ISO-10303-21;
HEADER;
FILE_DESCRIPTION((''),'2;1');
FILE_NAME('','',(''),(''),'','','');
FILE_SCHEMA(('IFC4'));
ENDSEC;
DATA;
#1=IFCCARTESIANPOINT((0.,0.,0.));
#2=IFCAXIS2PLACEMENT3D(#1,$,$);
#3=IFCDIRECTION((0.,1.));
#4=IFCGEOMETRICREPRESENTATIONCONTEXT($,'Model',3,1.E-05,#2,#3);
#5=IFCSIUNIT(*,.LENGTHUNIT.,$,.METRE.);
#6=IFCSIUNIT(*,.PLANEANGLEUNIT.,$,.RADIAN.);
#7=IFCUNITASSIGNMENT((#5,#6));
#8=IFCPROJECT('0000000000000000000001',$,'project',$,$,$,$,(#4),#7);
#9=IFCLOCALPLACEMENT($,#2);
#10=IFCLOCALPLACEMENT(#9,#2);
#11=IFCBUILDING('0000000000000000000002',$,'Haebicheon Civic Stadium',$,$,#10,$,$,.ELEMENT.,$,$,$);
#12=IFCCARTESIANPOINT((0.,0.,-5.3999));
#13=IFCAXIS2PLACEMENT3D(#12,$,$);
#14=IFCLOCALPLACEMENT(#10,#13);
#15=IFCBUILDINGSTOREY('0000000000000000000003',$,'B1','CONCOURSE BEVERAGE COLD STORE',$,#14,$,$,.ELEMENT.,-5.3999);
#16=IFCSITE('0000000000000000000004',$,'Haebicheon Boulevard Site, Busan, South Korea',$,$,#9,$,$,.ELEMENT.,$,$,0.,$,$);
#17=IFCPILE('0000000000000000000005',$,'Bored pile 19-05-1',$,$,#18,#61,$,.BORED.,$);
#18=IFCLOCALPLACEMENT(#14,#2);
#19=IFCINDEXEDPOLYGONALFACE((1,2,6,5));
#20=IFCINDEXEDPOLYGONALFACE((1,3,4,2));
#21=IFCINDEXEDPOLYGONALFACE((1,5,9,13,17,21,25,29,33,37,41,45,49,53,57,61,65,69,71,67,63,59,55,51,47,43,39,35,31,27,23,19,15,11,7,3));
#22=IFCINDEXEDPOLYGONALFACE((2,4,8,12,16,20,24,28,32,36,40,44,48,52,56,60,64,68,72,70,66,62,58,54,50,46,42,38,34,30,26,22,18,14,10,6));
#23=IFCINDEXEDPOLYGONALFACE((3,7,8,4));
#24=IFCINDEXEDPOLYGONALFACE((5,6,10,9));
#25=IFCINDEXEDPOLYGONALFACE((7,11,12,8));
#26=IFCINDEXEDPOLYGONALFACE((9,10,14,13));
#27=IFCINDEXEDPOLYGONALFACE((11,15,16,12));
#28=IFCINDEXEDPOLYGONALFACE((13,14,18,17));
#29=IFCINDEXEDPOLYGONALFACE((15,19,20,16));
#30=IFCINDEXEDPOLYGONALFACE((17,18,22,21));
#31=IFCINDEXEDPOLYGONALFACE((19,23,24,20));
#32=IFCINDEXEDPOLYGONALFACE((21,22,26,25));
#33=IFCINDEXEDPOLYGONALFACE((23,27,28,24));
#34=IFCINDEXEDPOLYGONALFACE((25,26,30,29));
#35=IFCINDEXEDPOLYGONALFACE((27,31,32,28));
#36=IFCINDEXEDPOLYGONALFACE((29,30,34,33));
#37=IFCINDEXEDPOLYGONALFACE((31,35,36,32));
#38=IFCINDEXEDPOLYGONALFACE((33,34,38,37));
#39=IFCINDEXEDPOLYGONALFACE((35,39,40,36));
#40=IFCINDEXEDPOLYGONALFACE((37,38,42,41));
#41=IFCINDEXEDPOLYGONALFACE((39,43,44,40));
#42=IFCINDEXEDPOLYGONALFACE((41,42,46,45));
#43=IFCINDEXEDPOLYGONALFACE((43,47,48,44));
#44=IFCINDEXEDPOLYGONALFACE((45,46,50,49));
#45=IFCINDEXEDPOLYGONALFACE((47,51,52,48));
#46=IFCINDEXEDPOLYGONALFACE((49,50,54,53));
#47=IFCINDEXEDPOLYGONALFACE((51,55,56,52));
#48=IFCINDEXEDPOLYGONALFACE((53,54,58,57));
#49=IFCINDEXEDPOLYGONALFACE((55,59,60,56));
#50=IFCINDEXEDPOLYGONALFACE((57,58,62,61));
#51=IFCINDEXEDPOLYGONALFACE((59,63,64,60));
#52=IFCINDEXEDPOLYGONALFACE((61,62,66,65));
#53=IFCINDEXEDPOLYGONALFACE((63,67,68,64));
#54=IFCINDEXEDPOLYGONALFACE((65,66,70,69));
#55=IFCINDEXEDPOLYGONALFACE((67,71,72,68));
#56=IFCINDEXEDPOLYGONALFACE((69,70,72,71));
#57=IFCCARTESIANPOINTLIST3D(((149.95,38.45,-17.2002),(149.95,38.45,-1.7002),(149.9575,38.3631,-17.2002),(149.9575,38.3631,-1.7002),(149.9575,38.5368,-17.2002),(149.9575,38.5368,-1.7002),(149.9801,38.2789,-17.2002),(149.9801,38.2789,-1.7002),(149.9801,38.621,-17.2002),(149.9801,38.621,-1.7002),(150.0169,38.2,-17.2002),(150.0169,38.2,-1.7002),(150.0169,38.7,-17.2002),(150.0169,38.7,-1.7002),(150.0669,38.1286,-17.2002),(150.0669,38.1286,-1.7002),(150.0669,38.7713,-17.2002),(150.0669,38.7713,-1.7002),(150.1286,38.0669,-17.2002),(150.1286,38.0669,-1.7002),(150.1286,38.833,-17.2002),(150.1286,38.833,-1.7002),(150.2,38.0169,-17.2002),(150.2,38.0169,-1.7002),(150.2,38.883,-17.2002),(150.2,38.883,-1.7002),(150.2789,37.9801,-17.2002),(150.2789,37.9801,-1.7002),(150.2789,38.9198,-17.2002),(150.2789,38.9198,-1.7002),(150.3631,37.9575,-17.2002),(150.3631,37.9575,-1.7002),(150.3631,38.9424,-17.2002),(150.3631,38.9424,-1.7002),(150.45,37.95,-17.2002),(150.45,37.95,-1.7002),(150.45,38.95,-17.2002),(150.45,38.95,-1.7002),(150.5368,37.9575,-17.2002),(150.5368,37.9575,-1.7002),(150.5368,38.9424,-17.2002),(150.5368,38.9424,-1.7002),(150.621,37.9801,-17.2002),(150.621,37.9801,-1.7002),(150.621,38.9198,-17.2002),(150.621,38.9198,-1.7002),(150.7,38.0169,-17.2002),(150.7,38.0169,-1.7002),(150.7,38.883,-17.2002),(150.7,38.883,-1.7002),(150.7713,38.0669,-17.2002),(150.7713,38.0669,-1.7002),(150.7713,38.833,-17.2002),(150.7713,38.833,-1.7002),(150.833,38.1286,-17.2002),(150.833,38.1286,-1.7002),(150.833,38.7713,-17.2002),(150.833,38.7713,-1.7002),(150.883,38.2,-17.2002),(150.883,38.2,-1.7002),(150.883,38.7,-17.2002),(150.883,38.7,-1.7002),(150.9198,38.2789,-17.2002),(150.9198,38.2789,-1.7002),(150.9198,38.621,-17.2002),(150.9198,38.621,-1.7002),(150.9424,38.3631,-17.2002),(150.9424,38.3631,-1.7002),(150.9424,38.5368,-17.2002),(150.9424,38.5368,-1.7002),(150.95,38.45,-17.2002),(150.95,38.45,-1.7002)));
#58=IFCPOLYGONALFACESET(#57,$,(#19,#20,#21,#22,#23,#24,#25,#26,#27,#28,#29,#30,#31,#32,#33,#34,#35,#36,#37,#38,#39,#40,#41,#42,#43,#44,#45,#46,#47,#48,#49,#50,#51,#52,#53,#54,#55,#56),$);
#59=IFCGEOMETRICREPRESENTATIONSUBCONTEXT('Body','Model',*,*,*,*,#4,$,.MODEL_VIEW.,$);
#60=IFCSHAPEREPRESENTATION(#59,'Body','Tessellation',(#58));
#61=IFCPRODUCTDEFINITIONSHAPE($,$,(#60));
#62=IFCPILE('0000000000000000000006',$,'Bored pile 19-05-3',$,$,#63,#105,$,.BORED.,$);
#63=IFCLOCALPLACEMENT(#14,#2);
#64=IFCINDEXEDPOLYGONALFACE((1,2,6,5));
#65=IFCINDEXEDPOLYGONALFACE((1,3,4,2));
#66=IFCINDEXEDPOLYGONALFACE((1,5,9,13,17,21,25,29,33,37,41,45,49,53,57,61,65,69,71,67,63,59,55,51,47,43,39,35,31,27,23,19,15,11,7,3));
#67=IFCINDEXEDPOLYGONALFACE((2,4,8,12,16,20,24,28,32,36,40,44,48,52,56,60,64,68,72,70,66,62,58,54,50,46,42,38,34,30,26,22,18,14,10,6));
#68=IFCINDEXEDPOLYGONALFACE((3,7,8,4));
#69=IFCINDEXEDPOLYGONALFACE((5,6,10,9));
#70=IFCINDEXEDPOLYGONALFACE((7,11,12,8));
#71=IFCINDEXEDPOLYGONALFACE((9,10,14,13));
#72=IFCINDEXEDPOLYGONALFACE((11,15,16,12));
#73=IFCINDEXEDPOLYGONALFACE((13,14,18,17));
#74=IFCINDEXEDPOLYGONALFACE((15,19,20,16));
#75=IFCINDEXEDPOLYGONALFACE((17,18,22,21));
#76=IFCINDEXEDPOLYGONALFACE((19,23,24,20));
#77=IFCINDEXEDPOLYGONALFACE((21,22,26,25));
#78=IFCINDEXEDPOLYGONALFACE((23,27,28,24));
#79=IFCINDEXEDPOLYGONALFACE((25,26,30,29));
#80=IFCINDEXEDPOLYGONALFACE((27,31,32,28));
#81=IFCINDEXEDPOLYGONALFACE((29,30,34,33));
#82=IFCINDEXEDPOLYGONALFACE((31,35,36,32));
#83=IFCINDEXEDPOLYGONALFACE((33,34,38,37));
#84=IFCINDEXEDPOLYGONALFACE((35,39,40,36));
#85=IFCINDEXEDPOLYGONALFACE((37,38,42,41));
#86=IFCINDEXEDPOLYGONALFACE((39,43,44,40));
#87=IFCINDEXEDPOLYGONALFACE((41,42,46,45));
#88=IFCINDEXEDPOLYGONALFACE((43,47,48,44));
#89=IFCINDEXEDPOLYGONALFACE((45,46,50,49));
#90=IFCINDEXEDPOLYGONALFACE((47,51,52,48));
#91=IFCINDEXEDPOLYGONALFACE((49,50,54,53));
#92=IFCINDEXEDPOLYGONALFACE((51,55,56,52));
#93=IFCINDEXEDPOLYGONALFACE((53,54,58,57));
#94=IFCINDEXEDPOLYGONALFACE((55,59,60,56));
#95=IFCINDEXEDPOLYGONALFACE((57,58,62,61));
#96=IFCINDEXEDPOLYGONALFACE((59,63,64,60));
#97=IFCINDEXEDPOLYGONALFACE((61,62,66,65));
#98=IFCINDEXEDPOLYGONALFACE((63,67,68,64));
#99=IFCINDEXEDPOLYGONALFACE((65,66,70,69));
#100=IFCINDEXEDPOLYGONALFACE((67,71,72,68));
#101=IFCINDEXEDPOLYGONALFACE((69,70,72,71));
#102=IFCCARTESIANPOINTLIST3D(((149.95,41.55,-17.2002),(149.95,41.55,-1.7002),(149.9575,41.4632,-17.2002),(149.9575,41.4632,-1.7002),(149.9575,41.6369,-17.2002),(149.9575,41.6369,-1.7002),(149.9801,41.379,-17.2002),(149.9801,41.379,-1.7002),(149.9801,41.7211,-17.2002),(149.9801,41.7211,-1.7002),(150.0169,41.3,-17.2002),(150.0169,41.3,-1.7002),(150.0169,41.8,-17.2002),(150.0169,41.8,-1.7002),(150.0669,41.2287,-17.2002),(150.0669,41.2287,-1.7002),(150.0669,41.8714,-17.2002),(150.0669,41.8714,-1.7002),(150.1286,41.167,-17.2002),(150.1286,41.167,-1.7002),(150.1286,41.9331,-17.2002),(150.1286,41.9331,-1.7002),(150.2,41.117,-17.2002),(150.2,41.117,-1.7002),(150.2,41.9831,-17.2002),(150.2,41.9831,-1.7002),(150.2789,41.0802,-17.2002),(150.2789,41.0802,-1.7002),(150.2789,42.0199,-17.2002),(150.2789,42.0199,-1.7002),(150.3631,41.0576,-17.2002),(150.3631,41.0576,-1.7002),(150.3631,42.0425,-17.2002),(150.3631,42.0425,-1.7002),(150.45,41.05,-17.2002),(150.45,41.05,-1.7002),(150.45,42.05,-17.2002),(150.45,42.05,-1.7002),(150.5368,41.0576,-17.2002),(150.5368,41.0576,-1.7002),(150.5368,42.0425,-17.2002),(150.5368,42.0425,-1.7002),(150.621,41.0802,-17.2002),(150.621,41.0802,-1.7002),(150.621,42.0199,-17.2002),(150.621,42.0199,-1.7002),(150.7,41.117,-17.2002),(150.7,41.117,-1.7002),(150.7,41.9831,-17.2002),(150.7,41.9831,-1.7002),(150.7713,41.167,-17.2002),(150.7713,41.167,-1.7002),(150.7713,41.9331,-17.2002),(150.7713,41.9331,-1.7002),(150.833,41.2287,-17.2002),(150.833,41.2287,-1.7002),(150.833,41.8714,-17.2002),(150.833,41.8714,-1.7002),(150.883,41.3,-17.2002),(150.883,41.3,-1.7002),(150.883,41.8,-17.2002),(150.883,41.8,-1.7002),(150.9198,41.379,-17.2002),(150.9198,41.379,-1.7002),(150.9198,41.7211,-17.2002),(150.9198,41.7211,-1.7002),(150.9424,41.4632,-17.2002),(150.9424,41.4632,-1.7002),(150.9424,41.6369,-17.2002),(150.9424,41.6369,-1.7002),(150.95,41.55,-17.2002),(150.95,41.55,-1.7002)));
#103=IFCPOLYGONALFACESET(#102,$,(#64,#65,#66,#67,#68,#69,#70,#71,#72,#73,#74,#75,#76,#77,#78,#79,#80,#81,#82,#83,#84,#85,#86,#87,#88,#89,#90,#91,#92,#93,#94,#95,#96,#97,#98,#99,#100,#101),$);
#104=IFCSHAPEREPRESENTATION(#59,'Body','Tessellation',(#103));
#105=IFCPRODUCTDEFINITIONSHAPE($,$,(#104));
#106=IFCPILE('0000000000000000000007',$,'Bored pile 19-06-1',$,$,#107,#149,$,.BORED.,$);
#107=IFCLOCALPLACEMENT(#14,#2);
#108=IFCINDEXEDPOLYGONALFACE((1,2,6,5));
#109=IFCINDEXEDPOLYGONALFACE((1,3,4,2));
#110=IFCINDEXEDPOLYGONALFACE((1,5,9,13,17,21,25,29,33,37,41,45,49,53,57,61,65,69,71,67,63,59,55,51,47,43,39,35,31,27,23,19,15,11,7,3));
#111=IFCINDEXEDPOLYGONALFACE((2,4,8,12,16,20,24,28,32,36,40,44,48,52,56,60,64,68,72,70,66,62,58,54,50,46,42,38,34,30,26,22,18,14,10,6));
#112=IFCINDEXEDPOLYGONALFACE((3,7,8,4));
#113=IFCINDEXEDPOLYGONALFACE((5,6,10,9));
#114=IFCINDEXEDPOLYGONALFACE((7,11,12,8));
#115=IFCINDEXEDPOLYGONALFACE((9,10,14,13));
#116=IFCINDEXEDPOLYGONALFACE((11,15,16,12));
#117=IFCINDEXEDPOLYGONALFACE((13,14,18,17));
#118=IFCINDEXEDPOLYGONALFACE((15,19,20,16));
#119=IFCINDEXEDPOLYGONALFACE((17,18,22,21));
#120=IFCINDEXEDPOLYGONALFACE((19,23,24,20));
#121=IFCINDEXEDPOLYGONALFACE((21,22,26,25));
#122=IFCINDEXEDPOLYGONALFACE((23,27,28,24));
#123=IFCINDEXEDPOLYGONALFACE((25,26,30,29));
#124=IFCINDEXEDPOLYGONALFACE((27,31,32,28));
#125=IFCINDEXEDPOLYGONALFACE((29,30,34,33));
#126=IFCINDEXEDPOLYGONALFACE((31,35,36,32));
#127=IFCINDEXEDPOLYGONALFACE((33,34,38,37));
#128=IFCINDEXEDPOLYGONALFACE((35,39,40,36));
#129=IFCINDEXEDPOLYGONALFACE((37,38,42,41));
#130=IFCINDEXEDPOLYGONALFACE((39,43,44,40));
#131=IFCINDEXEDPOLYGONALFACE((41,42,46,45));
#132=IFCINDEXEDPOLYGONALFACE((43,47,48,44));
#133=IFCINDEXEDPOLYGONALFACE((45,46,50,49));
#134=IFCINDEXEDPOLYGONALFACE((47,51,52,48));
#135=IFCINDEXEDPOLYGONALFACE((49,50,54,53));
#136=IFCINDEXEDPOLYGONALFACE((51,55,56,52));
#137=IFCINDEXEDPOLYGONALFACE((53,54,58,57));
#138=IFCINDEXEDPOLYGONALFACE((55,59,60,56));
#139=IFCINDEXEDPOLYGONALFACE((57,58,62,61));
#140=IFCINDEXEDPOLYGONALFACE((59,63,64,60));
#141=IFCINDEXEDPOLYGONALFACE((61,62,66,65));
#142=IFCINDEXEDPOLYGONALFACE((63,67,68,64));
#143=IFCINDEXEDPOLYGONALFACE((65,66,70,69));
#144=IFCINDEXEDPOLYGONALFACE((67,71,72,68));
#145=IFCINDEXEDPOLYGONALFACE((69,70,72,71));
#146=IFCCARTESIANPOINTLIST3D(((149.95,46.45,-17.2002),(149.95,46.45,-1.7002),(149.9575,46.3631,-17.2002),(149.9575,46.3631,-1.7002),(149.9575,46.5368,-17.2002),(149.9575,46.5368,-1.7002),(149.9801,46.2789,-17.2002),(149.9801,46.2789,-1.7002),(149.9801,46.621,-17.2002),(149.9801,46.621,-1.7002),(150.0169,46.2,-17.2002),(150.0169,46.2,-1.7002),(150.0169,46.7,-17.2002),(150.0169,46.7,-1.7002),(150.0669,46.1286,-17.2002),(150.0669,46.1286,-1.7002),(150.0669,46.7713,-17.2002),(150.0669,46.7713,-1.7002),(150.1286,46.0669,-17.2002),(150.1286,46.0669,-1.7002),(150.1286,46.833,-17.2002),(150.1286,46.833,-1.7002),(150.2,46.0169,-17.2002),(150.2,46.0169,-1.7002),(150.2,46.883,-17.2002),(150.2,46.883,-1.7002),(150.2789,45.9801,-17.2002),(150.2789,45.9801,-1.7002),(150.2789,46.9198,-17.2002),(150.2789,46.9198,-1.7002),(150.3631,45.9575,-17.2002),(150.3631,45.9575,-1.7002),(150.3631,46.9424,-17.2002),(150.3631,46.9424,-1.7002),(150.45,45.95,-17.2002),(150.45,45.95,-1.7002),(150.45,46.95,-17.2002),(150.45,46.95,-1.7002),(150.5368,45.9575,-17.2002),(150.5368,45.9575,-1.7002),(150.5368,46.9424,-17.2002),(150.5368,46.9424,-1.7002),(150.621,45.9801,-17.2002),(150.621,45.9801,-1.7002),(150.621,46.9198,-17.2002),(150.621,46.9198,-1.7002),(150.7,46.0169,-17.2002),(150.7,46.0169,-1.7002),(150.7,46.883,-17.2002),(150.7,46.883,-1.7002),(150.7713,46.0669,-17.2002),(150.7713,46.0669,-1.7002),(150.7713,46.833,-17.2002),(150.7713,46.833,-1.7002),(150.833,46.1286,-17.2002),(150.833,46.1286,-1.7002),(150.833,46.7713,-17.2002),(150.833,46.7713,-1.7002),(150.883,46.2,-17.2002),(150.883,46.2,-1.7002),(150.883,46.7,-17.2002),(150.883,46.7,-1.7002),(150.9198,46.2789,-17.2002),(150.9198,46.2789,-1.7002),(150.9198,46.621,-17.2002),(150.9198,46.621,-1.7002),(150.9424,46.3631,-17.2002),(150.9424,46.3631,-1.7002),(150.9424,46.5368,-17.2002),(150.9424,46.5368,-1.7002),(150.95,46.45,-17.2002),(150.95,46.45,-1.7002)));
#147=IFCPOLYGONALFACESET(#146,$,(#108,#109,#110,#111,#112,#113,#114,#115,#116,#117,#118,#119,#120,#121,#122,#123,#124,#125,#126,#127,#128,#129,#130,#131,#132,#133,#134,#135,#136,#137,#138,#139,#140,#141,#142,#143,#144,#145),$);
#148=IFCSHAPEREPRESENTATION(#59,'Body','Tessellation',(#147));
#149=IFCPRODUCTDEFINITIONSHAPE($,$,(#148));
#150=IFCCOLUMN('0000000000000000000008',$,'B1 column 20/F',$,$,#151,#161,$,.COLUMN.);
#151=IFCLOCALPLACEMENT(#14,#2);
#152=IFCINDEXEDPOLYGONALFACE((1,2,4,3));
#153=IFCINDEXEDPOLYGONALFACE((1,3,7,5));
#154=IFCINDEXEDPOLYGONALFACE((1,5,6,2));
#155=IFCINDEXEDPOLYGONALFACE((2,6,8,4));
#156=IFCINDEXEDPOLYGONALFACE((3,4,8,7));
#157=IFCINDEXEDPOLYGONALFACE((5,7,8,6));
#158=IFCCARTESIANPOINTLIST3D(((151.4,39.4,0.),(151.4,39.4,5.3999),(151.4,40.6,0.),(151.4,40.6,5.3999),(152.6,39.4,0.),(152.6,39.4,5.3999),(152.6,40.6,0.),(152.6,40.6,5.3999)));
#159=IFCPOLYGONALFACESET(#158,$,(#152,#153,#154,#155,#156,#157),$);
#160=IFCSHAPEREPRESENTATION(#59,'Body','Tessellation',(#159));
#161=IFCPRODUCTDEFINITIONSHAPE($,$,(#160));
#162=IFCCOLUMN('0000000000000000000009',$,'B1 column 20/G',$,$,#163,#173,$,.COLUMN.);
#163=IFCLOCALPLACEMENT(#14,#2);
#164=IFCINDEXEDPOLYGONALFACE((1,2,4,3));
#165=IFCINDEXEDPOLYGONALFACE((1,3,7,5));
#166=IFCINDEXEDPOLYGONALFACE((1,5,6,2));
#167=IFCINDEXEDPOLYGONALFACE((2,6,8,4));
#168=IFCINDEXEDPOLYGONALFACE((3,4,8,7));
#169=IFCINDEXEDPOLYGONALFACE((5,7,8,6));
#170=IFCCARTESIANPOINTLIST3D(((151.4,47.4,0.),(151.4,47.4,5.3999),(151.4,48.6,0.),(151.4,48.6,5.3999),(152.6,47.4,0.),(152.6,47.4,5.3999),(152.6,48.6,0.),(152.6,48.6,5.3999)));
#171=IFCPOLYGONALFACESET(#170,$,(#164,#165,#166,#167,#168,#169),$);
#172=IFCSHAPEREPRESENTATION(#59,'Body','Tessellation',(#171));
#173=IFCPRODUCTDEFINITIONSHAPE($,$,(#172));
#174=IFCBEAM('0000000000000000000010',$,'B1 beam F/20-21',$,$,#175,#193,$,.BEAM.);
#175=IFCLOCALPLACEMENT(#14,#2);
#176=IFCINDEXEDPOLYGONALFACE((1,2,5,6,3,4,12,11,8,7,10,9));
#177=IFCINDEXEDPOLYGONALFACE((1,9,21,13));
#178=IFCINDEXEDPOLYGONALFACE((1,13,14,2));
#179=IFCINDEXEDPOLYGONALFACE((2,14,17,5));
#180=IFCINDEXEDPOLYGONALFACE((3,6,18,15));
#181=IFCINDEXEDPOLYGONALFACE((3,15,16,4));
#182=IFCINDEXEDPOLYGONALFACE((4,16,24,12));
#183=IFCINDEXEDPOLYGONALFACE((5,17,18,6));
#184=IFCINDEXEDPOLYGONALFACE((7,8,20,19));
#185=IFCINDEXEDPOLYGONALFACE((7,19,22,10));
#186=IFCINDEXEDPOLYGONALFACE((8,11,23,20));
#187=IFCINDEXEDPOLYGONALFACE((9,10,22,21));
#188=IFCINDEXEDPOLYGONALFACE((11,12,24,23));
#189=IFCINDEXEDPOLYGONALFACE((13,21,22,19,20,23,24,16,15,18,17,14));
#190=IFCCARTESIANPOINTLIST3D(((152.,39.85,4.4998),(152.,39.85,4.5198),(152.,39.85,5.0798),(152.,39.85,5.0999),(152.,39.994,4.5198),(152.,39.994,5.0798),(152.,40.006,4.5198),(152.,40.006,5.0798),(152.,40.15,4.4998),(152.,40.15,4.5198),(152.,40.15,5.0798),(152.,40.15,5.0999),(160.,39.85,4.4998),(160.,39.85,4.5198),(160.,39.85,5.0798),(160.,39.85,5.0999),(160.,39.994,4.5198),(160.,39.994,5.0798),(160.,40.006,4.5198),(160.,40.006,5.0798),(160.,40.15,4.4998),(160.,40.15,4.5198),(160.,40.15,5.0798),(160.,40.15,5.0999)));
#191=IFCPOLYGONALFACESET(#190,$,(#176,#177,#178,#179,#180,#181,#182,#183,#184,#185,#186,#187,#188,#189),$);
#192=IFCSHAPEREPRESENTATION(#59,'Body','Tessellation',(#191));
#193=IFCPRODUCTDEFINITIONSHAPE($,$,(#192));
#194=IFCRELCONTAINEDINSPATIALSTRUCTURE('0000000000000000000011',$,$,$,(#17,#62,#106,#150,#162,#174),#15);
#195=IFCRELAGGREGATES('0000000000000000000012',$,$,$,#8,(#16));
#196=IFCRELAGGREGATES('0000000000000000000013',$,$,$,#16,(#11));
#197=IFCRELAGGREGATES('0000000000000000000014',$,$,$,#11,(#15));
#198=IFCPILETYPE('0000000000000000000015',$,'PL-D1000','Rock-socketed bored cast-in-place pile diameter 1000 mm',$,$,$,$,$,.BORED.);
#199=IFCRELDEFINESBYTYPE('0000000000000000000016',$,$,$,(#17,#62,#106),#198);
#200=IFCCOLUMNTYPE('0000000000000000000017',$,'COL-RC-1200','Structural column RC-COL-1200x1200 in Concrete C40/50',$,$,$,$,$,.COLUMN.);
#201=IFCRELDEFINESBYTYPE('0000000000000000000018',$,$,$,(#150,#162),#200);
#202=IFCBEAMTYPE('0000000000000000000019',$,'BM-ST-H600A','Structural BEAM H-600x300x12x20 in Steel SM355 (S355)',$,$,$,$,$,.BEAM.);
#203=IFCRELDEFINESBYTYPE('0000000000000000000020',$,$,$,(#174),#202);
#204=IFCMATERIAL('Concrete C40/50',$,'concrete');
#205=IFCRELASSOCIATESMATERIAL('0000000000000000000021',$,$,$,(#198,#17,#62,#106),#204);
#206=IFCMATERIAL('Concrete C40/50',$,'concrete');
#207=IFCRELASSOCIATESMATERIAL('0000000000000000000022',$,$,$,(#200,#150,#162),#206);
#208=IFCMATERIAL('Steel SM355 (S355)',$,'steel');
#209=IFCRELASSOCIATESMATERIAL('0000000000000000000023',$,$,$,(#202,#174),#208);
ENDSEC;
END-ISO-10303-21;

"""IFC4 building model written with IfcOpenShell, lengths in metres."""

from ifc_helpers import new_model, si_unit, direction, frame, origin, origin_2d, place, context, subcontext, project, spatial, rectangle, circle, i_section, extrude, material, material_profile, profile_set, type_object, element, save


model = new_model("IFC4")

# Units and contexts
model_context = context("Model", 3, precision=1e-05, world=origin(), true_north=direction((0.0, 1.0)))
body_context = subcontext(model_context, "Body", "Model", "MODEL_VIEW")
ifc_project = project(units=[si_unit("LENGTHUNIT", "METRE"), si_unit("PLANEANGLEUNIT", "RADIAN")], contexts=[model_context])

# Site, building, storey
site_placement = place(None, origin())
site = spatial("IfcSite", under=ifc_project, at=site_placement, Name="Haebicheon Boulevard Site, Busan, South Korea", CompositionType="ELEMENT", RefElevation=0.0)
building_placement = place(site_placement, origin())
building = spatial("IfcBuilding", under=site, at=building_placement, Name="Haebicheon Civic Stadium", CompositionType="ELEMENT")
storey_placement = place(building_placement, frame((0.0, 0.0, -5.3999)))
storey = spatial("IfcBuildingStorey", under=building, at=storey_placement, Name="B1", Description="CONCOURSE BEVERAGE COLD STORE", CompositionType="ELEMENT", Elevation=-5.3999)

# Piles
ifc_material_1 = material(Name="Concrete C40/50", Category="concrete")
ifc_material_profile_1 = material_profile(ifc_material_1, circle(Radius=0.5, at=origin_2d()), Name="PILE-D1000")
ifc_profile_set_1 = profile_set([ifc_material_profile_1], Name="Concrete C40/50")
pile_type = type_object("IfcPileType", Name="PL-D1000", Description="Rock-socketed bored cast-in-place pile diameter 1000 mm", PredefinedType="BORED", material=ifc_profile_set_1)
for number, where, z_axis, x_axis, name in (
    (1, (150.45, 38.45, -1.7002), (0.0, 0.0, -1.0), (1.0, 0.0, 0.0), "Bored pile 19-05-1"),
    (2, (150.45, 41.55, -1.7002), (0.0, 0.0, -1.0), (1.0, 0.0, 0.0), "Bored pile 19-05-3"),
    (3, (150.45, 46.45, -1.7002), (0.0, 0.0, -1.0), (1.0, 0.0, 0.0), "Bored pile 19-06-1"),
):
    element("IfcPile", number, at=place(storey_placement, frame(where, z_axis=z_axis, x_axis=x_axis)), inside=storey, type_object=pile_type, material=ifc_profile_set_1, Name=name, PredefinedType="BORED", context=body_context, shape_type="SweptSolid", body=[
        extrude(circle(Radius=0.5, at=origin_2d()), origin(), (0.0, 0.0, 1.0), 15.5),
    ])

# Columns
ifc_material_2 = material(Name="Concrete C40/50", Category="concrete")
ifc_material_profile_2 = material_profile(ifc_material_2, rectangle(XDim=1.2, YDim=1.2, at=origin_2d()), Name="RC-COL-1200x1200")
ifc_profile_set_2 = profile_set([ifc_material_profile_2], Name="Concrete C40/50")
column_type = type_object("IfcColumnType", Name="COL-RC-1200", Description="Structural column RC-COL-1200x1200 in Concrete C40/50", PredefinedType="COLUMN", material=ifc_profile_set_2)
for number, where, z_axis, x_axis, name in (
    (4, (152.0, 40.0, 0.0), (0.0, 0.0, 1.0), (1.0, 0.0, 0.0), "B1 column 20/F"),
    (5, (152.0, 48.0, 0.0), (0.0, 0.0, 1.0), (1.0, 0.0, 0.0), "B1 column 20/G"),
):
    element("IfcColumn", number, at=place(storey_placement, frame(where, z_axis=z_axis, x_axis=x_axis)), inside=storey, type_object=column_type, material=ifc_profile_set_2, Name=name, PredefinedType="COLUMN", context=body_context, shape_type="SweptSolid", body=[
        extrude(rectangle(XDim=1.2, YDim=1.2, at=origin_2d()), origin(), (0.0, 0.0, 1.0), 5.3999),
    ])

# Beam
ifc_material_3 = material(Name="Steel SM355 (S355)", Category="steel")
ifc_material_profile_3 = material_profile(ifc_material_3, i_section(OverallWidth=0.3, OverallDepth=0.6001, WebThickness=0.012, FlangeThickness=0.02, at=origin_2d()), Name="H-600x300x12x20")
ifc_profile_set_3 = profile_set([ifc_material_profile_3], Name="Steel SM355 (S355)")
beam_type_1 = type_object("IfcBeamType", Name="BM-ST-H600A", Description="Structural BEAM H-600x300x12x20 in Steel SM355 (S355)", PredefinedType="BEAM", material=ifc_profile_set_3)
beam_placement = place(storey_placement, frame((152.0, 40.0, 4.7998), z_axis=(1.0, 0.0, 0.0), x_axis=(0.0, 1.0, 0.0)))
element("IfcBeam", 6, at=beam_placement, inside=storey, type_object=beam_type_1, material=ifc_profile_set_3, Name="B1 beam F/20-21", PredefinedType="BEAM", context=body_context, shape_type="SweptSolid", body=[
    extrude(i_section(OverallWidth=0.3, OverallDepth=0.6001, WebThickness=0.012, FlangeThickness=0.02, at=origin_2d()), origin(), (0.0, 0.0, 1.0), 8.0),
])

save(model, "model.ifc")
